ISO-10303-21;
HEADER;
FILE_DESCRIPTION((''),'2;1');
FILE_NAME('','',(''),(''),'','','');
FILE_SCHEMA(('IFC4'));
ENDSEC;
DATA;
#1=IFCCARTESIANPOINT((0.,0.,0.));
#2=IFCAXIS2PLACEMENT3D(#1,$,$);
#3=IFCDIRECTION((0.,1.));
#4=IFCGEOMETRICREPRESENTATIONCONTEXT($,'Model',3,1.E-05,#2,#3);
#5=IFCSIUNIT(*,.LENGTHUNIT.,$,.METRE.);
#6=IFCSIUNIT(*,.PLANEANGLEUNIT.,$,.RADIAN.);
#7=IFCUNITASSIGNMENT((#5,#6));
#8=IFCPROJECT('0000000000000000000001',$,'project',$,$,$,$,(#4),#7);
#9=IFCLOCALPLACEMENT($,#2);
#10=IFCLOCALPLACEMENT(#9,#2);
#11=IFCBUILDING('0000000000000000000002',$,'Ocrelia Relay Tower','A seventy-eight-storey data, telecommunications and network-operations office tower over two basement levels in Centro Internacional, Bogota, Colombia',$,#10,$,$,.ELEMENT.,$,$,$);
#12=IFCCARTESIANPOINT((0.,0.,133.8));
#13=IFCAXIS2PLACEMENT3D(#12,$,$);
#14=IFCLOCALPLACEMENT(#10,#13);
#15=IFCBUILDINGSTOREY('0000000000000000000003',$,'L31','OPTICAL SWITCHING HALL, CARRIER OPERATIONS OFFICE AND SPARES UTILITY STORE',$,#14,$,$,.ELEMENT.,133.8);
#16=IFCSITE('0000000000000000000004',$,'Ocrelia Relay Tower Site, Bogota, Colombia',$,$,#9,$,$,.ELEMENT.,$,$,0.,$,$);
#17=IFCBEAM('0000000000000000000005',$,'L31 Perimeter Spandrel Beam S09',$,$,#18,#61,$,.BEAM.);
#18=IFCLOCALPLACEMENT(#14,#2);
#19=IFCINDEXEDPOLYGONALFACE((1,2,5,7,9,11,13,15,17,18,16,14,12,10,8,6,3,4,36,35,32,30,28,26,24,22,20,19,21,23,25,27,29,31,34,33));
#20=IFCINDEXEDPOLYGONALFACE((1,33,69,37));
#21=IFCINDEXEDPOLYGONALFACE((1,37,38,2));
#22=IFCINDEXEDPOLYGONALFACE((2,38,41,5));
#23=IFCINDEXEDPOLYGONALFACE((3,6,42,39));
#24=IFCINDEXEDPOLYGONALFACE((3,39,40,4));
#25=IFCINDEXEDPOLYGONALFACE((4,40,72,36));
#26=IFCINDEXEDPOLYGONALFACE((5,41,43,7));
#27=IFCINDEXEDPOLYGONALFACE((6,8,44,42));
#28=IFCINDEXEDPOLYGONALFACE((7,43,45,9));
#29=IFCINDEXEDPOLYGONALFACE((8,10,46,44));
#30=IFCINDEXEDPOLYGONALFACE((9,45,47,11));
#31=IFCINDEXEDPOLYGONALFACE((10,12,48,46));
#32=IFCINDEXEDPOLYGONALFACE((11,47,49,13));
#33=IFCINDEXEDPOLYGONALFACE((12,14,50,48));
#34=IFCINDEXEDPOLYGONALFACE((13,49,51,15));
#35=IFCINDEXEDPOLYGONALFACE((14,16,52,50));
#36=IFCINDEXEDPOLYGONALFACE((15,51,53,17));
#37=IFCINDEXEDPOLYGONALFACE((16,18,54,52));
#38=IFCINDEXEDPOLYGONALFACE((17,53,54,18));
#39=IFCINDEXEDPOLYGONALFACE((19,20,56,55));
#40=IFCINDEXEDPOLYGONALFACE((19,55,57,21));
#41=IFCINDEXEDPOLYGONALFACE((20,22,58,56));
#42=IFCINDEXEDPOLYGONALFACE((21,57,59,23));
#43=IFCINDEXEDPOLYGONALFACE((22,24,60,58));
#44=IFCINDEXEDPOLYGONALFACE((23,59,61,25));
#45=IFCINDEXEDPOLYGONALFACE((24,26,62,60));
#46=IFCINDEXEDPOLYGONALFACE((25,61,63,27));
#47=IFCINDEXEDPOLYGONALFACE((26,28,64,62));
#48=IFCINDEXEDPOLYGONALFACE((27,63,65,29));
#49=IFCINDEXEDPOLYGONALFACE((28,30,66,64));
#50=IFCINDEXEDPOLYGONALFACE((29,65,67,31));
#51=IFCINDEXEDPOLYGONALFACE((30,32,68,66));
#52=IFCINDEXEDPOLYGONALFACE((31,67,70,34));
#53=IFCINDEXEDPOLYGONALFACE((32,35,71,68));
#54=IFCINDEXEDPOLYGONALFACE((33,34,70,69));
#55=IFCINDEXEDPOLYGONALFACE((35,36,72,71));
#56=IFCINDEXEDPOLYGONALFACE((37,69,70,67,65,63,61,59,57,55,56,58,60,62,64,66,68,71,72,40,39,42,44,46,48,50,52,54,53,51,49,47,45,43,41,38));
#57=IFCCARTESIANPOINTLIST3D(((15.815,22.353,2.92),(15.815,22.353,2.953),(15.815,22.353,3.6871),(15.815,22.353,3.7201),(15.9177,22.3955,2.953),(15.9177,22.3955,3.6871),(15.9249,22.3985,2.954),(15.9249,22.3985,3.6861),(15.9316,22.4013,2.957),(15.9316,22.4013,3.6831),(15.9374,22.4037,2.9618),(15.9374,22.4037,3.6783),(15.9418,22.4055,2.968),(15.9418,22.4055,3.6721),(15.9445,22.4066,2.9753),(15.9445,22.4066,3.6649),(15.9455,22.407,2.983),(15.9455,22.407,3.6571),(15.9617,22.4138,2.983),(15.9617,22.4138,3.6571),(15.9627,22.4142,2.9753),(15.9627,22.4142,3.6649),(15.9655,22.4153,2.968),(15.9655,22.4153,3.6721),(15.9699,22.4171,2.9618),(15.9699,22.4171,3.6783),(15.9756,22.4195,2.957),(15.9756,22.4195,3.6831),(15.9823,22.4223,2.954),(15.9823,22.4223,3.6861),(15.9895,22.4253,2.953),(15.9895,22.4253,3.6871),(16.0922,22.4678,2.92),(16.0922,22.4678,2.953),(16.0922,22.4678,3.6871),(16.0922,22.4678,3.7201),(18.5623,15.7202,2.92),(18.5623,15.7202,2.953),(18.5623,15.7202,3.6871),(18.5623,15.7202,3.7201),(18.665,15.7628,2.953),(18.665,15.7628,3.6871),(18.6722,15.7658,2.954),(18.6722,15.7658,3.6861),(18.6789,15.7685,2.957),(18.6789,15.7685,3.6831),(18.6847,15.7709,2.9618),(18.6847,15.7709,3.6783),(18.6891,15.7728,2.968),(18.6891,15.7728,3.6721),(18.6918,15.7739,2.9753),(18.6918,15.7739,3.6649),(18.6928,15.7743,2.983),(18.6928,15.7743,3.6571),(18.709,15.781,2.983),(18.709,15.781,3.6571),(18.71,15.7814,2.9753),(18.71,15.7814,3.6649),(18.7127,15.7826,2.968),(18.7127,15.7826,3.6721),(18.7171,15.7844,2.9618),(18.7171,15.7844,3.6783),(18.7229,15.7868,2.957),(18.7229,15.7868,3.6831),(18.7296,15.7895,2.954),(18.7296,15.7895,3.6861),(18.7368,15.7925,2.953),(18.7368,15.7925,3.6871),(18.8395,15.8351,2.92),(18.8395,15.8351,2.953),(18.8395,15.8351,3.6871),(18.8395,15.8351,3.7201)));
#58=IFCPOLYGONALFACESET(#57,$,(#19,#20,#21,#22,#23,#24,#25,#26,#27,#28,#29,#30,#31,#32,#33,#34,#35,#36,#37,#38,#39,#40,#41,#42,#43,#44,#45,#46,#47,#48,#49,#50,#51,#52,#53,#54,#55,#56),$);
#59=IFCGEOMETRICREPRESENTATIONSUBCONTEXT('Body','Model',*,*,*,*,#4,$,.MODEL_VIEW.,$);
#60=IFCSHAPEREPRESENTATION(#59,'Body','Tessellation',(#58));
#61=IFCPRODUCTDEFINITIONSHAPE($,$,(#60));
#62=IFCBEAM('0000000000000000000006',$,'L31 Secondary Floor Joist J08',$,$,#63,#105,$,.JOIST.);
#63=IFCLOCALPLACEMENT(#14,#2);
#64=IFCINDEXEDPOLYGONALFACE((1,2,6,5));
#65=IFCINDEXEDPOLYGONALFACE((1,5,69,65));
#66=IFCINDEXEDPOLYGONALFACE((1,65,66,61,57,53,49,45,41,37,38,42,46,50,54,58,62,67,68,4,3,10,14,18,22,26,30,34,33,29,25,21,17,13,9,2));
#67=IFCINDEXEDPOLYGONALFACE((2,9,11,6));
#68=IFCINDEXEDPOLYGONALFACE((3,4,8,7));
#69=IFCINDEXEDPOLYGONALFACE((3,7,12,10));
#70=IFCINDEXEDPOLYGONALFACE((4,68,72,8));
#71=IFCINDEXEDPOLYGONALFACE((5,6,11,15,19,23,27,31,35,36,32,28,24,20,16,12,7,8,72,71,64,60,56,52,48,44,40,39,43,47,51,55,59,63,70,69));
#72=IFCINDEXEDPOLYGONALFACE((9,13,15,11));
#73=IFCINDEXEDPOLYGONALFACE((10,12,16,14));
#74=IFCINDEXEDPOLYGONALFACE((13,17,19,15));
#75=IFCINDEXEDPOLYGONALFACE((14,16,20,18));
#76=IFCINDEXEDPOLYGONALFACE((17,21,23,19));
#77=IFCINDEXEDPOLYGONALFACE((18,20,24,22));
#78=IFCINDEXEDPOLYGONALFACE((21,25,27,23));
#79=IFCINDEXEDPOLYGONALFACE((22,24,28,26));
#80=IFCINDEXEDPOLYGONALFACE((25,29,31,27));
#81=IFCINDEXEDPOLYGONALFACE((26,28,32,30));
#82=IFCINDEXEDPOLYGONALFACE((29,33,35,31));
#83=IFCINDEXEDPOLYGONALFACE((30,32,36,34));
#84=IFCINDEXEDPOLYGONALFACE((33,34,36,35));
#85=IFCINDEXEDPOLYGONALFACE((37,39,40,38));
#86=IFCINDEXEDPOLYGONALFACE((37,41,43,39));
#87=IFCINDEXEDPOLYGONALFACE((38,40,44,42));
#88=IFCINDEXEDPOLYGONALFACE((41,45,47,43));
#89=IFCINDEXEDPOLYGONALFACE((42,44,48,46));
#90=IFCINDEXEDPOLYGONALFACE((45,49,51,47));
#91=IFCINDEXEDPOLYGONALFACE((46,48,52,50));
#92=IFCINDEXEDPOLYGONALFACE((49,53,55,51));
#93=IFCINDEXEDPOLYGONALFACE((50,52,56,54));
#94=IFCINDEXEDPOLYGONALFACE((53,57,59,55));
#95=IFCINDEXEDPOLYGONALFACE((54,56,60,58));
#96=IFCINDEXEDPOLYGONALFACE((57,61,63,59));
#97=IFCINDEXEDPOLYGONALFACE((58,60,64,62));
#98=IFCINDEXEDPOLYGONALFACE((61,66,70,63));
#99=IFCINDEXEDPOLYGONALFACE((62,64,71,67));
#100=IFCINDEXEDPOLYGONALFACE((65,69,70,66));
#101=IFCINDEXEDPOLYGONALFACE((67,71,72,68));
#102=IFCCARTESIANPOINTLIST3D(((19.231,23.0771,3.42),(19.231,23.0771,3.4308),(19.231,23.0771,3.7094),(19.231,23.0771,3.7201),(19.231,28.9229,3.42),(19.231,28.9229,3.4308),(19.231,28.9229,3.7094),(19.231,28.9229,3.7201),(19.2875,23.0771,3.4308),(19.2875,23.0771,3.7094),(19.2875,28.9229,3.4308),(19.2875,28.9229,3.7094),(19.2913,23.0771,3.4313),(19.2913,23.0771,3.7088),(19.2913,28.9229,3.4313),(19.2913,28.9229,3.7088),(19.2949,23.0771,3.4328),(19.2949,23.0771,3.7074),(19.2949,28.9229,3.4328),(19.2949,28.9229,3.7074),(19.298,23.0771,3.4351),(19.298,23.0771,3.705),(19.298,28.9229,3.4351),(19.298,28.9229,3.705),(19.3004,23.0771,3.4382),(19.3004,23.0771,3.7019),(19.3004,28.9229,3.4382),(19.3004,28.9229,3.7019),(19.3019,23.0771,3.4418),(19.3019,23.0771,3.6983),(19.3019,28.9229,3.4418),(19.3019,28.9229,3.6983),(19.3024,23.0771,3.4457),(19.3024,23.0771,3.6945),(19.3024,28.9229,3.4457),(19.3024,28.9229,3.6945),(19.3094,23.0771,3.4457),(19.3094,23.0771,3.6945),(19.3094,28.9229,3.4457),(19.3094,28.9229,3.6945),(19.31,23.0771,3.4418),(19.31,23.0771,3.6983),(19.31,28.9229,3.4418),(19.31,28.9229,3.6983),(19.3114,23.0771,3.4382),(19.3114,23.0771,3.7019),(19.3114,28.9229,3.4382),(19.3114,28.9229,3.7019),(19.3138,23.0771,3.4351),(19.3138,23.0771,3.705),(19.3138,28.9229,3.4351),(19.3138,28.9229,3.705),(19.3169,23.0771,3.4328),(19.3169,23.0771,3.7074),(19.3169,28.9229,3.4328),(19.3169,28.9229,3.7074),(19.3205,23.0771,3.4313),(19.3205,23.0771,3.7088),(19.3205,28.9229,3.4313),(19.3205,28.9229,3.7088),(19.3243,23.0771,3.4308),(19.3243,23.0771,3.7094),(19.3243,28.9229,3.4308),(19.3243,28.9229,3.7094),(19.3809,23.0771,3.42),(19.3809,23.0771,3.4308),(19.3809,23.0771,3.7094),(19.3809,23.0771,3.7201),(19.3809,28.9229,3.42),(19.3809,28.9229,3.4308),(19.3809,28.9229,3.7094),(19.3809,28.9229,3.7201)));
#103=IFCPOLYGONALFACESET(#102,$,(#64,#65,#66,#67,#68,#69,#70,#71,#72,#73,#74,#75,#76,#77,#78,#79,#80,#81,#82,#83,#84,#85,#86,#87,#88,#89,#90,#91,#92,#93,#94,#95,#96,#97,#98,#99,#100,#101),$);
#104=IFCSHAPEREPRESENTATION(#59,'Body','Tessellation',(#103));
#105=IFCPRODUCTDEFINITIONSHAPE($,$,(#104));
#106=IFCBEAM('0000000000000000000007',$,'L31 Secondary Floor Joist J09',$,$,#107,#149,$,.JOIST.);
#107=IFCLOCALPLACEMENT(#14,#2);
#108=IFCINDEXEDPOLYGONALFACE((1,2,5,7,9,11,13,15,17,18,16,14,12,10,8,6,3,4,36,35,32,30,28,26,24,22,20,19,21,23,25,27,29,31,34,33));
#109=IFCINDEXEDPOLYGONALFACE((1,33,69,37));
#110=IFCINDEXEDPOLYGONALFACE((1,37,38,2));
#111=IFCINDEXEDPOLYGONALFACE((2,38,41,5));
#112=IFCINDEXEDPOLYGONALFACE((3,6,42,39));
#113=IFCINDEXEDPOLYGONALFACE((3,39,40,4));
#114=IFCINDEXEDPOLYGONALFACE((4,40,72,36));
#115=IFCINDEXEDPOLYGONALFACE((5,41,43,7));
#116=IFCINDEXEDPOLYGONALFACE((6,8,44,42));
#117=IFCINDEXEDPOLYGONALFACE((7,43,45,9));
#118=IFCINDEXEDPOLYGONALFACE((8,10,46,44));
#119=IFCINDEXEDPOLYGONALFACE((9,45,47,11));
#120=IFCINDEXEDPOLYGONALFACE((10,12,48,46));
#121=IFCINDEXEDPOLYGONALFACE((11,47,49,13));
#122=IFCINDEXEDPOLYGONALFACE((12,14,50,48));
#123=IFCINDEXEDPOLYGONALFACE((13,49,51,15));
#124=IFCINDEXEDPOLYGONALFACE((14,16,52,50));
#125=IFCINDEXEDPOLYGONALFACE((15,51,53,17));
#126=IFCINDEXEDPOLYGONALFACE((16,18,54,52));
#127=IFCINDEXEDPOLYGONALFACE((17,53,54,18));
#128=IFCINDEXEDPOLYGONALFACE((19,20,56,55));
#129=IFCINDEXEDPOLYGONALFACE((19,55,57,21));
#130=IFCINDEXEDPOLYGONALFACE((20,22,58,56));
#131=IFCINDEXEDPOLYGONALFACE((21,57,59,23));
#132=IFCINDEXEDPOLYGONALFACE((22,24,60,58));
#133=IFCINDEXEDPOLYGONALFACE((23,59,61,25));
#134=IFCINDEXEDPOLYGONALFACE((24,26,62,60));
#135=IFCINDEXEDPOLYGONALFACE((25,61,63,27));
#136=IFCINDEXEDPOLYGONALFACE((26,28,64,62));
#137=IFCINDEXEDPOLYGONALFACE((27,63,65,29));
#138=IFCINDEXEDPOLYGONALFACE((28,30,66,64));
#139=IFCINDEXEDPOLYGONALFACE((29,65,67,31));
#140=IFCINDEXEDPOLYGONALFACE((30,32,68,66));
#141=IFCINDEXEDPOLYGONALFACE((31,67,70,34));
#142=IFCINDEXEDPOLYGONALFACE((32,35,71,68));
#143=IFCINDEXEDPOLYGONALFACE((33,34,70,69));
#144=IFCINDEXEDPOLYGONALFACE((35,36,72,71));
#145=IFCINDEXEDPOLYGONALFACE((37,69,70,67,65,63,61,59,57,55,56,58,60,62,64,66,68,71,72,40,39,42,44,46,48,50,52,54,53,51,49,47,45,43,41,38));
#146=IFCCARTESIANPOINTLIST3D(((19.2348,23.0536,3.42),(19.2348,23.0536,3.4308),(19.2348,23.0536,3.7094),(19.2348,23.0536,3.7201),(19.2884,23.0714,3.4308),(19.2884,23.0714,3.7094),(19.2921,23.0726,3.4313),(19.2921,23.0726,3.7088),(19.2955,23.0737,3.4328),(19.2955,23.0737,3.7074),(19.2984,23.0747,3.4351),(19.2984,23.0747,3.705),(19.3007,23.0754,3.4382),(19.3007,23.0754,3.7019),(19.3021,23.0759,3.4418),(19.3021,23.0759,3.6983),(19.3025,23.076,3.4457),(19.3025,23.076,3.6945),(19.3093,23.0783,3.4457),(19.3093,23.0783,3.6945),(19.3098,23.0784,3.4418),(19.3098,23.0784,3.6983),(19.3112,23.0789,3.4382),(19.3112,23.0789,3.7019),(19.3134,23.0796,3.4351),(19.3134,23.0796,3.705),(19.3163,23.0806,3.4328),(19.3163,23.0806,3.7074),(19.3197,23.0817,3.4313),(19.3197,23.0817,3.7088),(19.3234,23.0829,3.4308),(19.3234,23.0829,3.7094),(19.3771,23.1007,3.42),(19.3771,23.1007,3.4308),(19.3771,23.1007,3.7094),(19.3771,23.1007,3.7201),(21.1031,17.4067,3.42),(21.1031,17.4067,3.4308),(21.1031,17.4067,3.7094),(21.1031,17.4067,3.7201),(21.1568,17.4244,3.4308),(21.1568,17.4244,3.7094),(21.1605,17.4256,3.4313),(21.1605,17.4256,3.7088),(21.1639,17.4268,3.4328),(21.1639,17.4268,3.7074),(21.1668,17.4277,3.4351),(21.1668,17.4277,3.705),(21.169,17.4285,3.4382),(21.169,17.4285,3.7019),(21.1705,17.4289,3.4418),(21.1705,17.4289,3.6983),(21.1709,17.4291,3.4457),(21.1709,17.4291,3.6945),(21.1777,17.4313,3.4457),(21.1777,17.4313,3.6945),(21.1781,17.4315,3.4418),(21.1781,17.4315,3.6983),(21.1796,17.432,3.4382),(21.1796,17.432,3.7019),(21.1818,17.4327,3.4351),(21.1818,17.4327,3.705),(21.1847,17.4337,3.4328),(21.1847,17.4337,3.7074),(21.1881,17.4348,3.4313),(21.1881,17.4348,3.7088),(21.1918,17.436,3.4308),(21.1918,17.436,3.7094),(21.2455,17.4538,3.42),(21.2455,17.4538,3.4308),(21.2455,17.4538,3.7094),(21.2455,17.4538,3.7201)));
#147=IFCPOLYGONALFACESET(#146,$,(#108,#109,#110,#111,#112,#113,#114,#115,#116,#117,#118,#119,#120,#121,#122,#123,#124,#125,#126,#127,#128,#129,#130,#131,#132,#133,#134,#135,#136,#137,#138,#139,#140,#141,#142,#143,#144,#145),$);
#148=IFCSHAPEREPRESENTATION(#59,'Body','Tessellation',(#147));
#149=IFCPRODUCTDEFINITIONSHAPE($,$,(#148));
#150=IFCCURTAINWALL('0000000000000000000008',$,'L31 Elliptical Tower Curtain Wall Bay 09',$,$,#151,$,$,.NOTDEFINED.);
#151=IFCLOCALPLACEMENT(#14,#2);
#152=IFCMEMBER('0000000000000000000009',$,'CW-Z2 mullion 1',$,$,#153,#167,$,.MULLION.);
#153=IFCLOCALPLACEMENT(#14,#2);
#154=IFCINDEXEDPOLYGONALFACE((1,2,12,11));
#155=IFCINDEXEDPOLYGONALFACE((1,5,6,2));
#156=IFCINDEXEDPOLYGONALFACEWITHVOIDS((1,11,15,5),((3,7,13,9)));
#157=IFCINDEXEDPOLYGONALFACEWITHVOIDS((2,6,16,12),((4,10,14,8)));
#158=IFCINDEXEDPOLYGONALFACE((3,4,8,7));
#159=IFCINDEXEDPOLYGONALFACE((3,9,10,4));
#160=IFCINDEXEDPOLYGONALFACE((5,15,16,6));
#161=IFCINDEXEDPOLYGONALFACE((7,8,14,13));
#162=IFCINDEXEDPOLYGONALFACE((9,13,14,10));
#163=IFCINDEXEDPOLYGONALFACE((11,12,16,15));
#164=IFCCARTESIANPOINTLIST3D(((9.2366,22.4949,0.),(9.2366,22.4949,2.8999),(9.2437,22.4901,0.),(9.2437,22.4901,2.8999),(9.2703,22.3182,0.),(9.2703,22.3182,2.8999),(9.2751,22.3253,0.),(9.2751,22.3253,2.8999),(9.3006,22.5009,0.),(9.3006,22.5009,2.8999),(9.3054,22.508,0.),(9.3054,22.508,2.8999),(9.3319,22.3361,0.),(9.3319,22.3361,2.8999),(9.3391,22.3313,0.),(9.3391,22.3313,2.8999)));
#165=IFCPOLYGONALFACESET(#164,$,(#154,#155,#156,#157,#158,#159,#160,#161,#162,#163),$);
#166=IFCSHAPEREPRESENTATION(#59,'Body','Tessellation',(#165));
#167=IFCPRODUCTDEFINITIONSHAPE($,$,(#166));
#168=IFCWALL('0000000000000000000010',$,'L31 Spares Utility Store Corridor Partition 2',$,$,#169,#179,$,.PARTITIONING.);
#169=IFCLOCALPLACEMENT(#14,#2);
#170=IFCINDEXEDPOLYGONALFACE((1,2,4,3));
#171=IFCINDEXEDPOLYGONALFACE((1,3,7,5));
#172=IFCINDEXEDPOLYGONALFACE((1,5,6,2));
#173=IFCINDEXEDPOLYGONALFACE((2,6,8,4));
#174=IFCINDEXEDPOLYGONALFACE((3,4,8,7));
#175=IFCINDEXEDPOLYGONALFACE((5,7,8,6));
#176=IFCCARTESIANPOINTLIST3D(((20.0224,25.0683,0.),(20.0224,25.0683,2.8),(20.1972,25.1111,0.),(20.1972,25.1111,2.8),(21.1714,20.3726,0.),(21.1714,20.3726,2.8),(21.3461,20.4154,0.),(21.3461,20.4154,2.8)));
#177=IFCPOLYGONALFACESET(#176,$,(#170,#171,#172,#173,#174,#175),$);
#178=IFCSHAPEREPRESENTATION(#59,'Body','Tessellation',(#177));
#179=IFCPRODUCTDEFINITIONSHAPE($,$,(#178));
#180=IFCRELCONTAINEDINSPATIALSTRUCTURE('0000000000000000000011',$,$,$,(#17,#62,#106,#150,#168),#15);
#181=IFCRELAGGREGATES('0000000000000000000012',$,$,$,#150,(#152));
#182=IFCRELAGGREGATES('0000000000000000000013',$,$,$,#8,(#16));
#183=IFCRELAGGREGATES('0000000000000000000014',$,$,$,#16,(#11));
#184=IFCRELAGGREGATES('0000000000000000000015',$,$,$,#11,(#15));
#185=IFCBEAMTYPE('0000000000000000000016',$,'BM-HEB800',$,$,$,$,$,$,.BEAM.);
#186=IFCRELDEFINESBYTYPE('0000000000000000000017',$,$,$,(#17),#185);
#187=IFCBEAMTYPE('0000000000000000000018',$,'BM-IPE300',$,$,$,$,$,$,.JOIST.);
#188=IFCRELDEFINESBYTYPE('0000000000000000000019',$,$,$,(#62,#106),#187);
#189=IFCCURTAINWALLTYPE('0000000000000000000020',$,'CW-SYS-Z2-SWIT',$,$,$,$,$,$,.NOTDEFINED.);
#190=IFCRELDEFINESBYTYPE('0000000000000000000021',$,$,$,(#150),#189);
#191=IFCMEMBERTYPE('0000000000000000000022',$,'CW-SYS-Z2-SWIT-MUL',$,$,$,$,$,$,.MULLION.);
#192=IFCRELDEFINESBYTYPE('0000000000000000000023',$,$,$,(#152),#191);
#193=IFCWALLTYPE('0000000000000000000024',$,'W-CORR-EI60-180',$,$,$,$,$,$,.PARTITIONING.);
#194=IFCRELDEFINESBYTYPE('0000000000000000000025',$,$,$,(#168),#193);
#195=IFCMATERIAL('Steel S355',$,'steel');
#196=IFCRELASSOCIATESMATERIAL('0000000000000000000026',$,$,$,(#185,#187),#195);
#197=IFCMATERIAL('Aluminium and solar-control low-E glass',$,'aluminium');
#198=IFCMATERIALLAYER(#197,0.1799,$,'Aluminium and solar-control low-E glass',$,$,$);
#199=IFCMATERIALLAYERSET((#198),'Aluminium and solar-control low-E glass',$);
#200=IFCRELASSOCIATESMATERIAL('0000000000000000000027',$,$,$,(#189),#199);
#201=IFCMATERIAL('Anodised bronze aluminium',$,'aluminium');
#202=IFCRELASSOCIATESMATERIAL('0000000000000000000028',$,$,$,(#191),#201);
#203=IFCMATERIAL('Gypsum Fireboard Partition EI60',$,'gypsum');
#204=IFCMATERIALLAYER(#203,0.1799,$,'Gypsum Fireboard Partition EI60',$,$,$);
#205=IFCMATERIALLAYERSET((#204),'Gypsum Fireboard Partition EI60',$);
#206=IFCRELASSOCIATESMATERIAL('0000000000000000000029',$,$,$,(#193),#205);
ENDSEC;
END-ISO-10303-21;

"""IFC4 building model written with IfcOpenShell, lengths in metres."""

from ifc_helpers import new_model, si_unit, direction, frame, frame_2d, origin, origin_2d, place, context, subcontext, project, spatial, rectangle, hollow_rectangle, i_section, extrude, material, layer, layer_set, material_profile, profile_set, type_object, element, aggregate, save


model = new_model("IFC4")

# Units and contexts
model_context = context("Model", 3, precision=1e-05, world=origin(), true_north=direction((0.0, 1.0)))
body_context = subcontext(model_context, "Body", "Model", "MODEL_VIEW")
ifc_project = project(units=[si_unit("LENGTHUNIT", "METRE"), si_unit("PLANEANGLEUNIT", "RADIAN")], contexts=[model_context])

# Site, building, storey
site_placement = place(None, origin())
site = spatial("IfcSite", under=ifc_project, at=site_placement, Name="Ocrelia Relay Tower Site, Bogota, Colombia", CompositionType="ELEMENT", RefElevation=0.0)
building_placement = place(site_placement, origin())
building = spatial("IfcBuilding", under=site, at=building_placement, Name="Ocrelia Relay Tower", Description="A seventy-eight-storey data, telecommunications and network-operations office tower over two basement levels in Centro Internacional, Bogota, Colombia", CompositionType="ELEMENT")
storey_placement = place(building_placement, frame((0.0, 0.0, 133.8)))
storey = spatial("IfcBuildingStorey", under=building, at=storey_placement, Name="L31", Description="OPTICAL SWITCHING HALL, CARRIER OPERATIONS OFFICE AND SPARES UTILITY STORE", CompositionType="ELEMENT", Elevation=133.8)

# Beams
ifc_material_1 = material(Name="Steel S355", Category="steel")
ifc_material_profile_1 = material_profile(ifc_material_1, i_section(OverallWidth=0.3, OverallDepth=0.8, WebThickness=0.0176, FlangeThickness=0.033, FilletRadius=0.03, at=origin_2d()), Name="HEB 800")
ifc_profile_set_1 = profile_set([ifc_material_profile_1], Name="Steel S355")
beam_type_1 = type_object("IfcBeamType", Name="BM-HEB800", PredefinedType="BEAM", material=ifc_profile_set_1)
for number, where, z_axis, x_axis, name in (
    (1, (15.9536, 22.4104, 3.3201), (0.382673, -0.923884, 0.0), (0.923884, 0.382673, 0.0), "L31 Perimeter Spandrel Beam S09"),
):
    element("IfcBeam", number, at=place(storey_placement, frame(where, z_axis=z_axis, x_axis=x_axis)), inside=storey, type_object=beam_type_1, Name=name, PredefinedType="BEAM", context=body_context, shape_type="SweptSolid", body=[
        extrude(i_section(OverallWidth=0.3, OverallDepth=0.8, WebThickness=0.0176, FlangeThickness=0.033, FilletRadius=0.03, at=origin_2d()), origin(), (0.0, 0.0, 1.0), 7.1792),
    ])
ifc_material_profile_2 = material_profile(ifc_material_1, i_section(OverallWidth=0.1499, OverallDepth=0.3, WebThickness=0.0071, FlangeThickness=0.0107, FilletRadius=0.0149, at=origin_2d()), Name="IPE 300")
ifc_profile_set_2 = profile_set([ifc_material_profile_2], Name="Steel S355")
beam_type_2 = type_object("IfcBeamType", Name="BM-IPE300", PredefinedType="JOIST", material=ifc_profile_set_2)
beam_1_placement = place(storey_placement, frame((19.3059, 28.9229, 3.5701), z_axis=(0.0, -1.0, 0.0), x_axis=(1.0, 0.0, 0.0)))
element("IfcBeam", 2, at=beam_1_placement, inside=storey, type_object=beam_type_2, Name="L31 Secondary Floor Joist J08", PredefinedType="JOIST", context=body_context, shape_type="SweptSolid", body=[
    extrude(i_section(OverallWidth=0.1499, OverallDepth=0.3, WebThickness=0.0071, FlangeThickness=0.0107, FilletRadius=0.0149, at=origin_2d()), origin(), (0.0, 0.0, 1.0), 5.8457),
])
beam_2_placement = place(storey_placement, frame((19.3059, 23.0771, 3.5701), z_axis=(0.314121, -0.949383, 0.0), x_axis=(0.949383, 0.314121, 0.0)))
element("IfcBeam", 3, at=beam_2_placement, inside=storey, type_object=beam_type_2, Name="L31 Secondary Floor Joist J09", PredefinedType="JOIST", context=body_context, shape_type="SweptSolid", body=[
    extrude(i_section(OverallWidth=0.1499, OverallDepth=0.3, WebThickness=0.0071, FlangeThickness=0.0107, FilletRadius=0.0149, at=origin_2d()), origin(), (0.0, 0.0, 1.0), 5.948),
])

# Curtain wall, member
ifc_material_2 = material(Name="Aluminium and solar-control low-E glass", Category="aluminium")
ifc_layer_1 = layer(ifc_material_2, 0.1799, Name="Aluminium and solar-control low-E glass")
ifc_layer_set_1 = layer_set([ifc_layer_1], Name="Aluminium and solar-control low-E glass")
curtain_wall_type = type_object("IfcCurtainWallType", Name="CW-SYS-Z2-SWIT", PredefinedType="NOTDEFINED", material=ifc_layer_set_1)
curtain_wall_placement = place(storey_placement, origin())
curtain_wall = element("IfcCurtainWall", 4, at=curtain_wall_placement, inside=storey, type_object=curtain_wall_type, Name="L31 Elliptical Tower Curtain Wall Bay 09", PredefinedType="NOTDEFINED")
ifc_material_3 = material(Name="Anodised bronze aluminium", Category="aluminium")
ifc_material_profile_3 = material_profile(ifc_material_3, hollow_rectangle(XDim=0.0701, YDim=0.1799, WallThickness=0.0061, at=origin_2d()), Name="CW-MUL-180x70")
ifc_profile_set_3 = profile_set([ifc_material_profile_3], Name="Anodised bronze aluminium")
member_type = type_object("IfcMemberType", Name="CW-SYS-Z2-SWIT-MUL", PredefinedType="MULLION", material=ifc_profile_set_3)
member_placement = place(storey_placement, frame((9.2878, 22.4131, 0.0), z_axis=(0.0, 0.0, 1.0), x_axis=(0.982351, 0.187045, 0.0)))
member = element("IfcMember", 5, at=member_placement, type_object=member_type, Name="CW-Z2 mullion 1", PredefinedType="MULLION", context=body_context, shape_type="SweptSolid", body=[
    extrude(hollow_rectangle(XDim=0.0701, YDim=0.1799, WallThickness=0.0061, at=origin_2d()), origin(), (0.0, 0.0, 1.0), 2.8999),
])
aggregate(curtain_wall, [member])

# Shared definitions
ifc_material_4 = material(Name="Gypsum Fireboard Partition EI60", Category="gypsum")
ifc_layer_2 = layer(ifc_material_4, 0.1799, Name="Gypsum Fireboard Partition EI60")
ifc_layer_set_2 = layer_set([ifc_layer_2], Name="Gypsum Fireboard Partition EI60")
wall_type_1 = type_object("IfcWallType", Name="W-CORR-EI60-180", PredefinedType="PARTITIONING", material=ifc_layer_set_2)

# Wall
wall_1_placement = place(storey_placement, frame((20.1099, 25.0896, 0.0), z_axis=(0.0, 0.0, 1.0), x_axis=(0.237661, -0.971348, 0.0)))
element("IfcWall", 6, at=wall_1_placement, inside=storey, type_object=wall_type_1, Name="L31 Spares Utility Store Corridor Partition 2", PredefinedType="PARTITIONING", context=body_context, shape_type="SweptSolid", body=[
    extrude(rectangle(XDim=4.8342, YDim=0.1799, at=frame_2d((2.417, 0.0))), origin(), (0.0, 0.0, 1.0), 2.8),
])

save(model, "model.ifc")
